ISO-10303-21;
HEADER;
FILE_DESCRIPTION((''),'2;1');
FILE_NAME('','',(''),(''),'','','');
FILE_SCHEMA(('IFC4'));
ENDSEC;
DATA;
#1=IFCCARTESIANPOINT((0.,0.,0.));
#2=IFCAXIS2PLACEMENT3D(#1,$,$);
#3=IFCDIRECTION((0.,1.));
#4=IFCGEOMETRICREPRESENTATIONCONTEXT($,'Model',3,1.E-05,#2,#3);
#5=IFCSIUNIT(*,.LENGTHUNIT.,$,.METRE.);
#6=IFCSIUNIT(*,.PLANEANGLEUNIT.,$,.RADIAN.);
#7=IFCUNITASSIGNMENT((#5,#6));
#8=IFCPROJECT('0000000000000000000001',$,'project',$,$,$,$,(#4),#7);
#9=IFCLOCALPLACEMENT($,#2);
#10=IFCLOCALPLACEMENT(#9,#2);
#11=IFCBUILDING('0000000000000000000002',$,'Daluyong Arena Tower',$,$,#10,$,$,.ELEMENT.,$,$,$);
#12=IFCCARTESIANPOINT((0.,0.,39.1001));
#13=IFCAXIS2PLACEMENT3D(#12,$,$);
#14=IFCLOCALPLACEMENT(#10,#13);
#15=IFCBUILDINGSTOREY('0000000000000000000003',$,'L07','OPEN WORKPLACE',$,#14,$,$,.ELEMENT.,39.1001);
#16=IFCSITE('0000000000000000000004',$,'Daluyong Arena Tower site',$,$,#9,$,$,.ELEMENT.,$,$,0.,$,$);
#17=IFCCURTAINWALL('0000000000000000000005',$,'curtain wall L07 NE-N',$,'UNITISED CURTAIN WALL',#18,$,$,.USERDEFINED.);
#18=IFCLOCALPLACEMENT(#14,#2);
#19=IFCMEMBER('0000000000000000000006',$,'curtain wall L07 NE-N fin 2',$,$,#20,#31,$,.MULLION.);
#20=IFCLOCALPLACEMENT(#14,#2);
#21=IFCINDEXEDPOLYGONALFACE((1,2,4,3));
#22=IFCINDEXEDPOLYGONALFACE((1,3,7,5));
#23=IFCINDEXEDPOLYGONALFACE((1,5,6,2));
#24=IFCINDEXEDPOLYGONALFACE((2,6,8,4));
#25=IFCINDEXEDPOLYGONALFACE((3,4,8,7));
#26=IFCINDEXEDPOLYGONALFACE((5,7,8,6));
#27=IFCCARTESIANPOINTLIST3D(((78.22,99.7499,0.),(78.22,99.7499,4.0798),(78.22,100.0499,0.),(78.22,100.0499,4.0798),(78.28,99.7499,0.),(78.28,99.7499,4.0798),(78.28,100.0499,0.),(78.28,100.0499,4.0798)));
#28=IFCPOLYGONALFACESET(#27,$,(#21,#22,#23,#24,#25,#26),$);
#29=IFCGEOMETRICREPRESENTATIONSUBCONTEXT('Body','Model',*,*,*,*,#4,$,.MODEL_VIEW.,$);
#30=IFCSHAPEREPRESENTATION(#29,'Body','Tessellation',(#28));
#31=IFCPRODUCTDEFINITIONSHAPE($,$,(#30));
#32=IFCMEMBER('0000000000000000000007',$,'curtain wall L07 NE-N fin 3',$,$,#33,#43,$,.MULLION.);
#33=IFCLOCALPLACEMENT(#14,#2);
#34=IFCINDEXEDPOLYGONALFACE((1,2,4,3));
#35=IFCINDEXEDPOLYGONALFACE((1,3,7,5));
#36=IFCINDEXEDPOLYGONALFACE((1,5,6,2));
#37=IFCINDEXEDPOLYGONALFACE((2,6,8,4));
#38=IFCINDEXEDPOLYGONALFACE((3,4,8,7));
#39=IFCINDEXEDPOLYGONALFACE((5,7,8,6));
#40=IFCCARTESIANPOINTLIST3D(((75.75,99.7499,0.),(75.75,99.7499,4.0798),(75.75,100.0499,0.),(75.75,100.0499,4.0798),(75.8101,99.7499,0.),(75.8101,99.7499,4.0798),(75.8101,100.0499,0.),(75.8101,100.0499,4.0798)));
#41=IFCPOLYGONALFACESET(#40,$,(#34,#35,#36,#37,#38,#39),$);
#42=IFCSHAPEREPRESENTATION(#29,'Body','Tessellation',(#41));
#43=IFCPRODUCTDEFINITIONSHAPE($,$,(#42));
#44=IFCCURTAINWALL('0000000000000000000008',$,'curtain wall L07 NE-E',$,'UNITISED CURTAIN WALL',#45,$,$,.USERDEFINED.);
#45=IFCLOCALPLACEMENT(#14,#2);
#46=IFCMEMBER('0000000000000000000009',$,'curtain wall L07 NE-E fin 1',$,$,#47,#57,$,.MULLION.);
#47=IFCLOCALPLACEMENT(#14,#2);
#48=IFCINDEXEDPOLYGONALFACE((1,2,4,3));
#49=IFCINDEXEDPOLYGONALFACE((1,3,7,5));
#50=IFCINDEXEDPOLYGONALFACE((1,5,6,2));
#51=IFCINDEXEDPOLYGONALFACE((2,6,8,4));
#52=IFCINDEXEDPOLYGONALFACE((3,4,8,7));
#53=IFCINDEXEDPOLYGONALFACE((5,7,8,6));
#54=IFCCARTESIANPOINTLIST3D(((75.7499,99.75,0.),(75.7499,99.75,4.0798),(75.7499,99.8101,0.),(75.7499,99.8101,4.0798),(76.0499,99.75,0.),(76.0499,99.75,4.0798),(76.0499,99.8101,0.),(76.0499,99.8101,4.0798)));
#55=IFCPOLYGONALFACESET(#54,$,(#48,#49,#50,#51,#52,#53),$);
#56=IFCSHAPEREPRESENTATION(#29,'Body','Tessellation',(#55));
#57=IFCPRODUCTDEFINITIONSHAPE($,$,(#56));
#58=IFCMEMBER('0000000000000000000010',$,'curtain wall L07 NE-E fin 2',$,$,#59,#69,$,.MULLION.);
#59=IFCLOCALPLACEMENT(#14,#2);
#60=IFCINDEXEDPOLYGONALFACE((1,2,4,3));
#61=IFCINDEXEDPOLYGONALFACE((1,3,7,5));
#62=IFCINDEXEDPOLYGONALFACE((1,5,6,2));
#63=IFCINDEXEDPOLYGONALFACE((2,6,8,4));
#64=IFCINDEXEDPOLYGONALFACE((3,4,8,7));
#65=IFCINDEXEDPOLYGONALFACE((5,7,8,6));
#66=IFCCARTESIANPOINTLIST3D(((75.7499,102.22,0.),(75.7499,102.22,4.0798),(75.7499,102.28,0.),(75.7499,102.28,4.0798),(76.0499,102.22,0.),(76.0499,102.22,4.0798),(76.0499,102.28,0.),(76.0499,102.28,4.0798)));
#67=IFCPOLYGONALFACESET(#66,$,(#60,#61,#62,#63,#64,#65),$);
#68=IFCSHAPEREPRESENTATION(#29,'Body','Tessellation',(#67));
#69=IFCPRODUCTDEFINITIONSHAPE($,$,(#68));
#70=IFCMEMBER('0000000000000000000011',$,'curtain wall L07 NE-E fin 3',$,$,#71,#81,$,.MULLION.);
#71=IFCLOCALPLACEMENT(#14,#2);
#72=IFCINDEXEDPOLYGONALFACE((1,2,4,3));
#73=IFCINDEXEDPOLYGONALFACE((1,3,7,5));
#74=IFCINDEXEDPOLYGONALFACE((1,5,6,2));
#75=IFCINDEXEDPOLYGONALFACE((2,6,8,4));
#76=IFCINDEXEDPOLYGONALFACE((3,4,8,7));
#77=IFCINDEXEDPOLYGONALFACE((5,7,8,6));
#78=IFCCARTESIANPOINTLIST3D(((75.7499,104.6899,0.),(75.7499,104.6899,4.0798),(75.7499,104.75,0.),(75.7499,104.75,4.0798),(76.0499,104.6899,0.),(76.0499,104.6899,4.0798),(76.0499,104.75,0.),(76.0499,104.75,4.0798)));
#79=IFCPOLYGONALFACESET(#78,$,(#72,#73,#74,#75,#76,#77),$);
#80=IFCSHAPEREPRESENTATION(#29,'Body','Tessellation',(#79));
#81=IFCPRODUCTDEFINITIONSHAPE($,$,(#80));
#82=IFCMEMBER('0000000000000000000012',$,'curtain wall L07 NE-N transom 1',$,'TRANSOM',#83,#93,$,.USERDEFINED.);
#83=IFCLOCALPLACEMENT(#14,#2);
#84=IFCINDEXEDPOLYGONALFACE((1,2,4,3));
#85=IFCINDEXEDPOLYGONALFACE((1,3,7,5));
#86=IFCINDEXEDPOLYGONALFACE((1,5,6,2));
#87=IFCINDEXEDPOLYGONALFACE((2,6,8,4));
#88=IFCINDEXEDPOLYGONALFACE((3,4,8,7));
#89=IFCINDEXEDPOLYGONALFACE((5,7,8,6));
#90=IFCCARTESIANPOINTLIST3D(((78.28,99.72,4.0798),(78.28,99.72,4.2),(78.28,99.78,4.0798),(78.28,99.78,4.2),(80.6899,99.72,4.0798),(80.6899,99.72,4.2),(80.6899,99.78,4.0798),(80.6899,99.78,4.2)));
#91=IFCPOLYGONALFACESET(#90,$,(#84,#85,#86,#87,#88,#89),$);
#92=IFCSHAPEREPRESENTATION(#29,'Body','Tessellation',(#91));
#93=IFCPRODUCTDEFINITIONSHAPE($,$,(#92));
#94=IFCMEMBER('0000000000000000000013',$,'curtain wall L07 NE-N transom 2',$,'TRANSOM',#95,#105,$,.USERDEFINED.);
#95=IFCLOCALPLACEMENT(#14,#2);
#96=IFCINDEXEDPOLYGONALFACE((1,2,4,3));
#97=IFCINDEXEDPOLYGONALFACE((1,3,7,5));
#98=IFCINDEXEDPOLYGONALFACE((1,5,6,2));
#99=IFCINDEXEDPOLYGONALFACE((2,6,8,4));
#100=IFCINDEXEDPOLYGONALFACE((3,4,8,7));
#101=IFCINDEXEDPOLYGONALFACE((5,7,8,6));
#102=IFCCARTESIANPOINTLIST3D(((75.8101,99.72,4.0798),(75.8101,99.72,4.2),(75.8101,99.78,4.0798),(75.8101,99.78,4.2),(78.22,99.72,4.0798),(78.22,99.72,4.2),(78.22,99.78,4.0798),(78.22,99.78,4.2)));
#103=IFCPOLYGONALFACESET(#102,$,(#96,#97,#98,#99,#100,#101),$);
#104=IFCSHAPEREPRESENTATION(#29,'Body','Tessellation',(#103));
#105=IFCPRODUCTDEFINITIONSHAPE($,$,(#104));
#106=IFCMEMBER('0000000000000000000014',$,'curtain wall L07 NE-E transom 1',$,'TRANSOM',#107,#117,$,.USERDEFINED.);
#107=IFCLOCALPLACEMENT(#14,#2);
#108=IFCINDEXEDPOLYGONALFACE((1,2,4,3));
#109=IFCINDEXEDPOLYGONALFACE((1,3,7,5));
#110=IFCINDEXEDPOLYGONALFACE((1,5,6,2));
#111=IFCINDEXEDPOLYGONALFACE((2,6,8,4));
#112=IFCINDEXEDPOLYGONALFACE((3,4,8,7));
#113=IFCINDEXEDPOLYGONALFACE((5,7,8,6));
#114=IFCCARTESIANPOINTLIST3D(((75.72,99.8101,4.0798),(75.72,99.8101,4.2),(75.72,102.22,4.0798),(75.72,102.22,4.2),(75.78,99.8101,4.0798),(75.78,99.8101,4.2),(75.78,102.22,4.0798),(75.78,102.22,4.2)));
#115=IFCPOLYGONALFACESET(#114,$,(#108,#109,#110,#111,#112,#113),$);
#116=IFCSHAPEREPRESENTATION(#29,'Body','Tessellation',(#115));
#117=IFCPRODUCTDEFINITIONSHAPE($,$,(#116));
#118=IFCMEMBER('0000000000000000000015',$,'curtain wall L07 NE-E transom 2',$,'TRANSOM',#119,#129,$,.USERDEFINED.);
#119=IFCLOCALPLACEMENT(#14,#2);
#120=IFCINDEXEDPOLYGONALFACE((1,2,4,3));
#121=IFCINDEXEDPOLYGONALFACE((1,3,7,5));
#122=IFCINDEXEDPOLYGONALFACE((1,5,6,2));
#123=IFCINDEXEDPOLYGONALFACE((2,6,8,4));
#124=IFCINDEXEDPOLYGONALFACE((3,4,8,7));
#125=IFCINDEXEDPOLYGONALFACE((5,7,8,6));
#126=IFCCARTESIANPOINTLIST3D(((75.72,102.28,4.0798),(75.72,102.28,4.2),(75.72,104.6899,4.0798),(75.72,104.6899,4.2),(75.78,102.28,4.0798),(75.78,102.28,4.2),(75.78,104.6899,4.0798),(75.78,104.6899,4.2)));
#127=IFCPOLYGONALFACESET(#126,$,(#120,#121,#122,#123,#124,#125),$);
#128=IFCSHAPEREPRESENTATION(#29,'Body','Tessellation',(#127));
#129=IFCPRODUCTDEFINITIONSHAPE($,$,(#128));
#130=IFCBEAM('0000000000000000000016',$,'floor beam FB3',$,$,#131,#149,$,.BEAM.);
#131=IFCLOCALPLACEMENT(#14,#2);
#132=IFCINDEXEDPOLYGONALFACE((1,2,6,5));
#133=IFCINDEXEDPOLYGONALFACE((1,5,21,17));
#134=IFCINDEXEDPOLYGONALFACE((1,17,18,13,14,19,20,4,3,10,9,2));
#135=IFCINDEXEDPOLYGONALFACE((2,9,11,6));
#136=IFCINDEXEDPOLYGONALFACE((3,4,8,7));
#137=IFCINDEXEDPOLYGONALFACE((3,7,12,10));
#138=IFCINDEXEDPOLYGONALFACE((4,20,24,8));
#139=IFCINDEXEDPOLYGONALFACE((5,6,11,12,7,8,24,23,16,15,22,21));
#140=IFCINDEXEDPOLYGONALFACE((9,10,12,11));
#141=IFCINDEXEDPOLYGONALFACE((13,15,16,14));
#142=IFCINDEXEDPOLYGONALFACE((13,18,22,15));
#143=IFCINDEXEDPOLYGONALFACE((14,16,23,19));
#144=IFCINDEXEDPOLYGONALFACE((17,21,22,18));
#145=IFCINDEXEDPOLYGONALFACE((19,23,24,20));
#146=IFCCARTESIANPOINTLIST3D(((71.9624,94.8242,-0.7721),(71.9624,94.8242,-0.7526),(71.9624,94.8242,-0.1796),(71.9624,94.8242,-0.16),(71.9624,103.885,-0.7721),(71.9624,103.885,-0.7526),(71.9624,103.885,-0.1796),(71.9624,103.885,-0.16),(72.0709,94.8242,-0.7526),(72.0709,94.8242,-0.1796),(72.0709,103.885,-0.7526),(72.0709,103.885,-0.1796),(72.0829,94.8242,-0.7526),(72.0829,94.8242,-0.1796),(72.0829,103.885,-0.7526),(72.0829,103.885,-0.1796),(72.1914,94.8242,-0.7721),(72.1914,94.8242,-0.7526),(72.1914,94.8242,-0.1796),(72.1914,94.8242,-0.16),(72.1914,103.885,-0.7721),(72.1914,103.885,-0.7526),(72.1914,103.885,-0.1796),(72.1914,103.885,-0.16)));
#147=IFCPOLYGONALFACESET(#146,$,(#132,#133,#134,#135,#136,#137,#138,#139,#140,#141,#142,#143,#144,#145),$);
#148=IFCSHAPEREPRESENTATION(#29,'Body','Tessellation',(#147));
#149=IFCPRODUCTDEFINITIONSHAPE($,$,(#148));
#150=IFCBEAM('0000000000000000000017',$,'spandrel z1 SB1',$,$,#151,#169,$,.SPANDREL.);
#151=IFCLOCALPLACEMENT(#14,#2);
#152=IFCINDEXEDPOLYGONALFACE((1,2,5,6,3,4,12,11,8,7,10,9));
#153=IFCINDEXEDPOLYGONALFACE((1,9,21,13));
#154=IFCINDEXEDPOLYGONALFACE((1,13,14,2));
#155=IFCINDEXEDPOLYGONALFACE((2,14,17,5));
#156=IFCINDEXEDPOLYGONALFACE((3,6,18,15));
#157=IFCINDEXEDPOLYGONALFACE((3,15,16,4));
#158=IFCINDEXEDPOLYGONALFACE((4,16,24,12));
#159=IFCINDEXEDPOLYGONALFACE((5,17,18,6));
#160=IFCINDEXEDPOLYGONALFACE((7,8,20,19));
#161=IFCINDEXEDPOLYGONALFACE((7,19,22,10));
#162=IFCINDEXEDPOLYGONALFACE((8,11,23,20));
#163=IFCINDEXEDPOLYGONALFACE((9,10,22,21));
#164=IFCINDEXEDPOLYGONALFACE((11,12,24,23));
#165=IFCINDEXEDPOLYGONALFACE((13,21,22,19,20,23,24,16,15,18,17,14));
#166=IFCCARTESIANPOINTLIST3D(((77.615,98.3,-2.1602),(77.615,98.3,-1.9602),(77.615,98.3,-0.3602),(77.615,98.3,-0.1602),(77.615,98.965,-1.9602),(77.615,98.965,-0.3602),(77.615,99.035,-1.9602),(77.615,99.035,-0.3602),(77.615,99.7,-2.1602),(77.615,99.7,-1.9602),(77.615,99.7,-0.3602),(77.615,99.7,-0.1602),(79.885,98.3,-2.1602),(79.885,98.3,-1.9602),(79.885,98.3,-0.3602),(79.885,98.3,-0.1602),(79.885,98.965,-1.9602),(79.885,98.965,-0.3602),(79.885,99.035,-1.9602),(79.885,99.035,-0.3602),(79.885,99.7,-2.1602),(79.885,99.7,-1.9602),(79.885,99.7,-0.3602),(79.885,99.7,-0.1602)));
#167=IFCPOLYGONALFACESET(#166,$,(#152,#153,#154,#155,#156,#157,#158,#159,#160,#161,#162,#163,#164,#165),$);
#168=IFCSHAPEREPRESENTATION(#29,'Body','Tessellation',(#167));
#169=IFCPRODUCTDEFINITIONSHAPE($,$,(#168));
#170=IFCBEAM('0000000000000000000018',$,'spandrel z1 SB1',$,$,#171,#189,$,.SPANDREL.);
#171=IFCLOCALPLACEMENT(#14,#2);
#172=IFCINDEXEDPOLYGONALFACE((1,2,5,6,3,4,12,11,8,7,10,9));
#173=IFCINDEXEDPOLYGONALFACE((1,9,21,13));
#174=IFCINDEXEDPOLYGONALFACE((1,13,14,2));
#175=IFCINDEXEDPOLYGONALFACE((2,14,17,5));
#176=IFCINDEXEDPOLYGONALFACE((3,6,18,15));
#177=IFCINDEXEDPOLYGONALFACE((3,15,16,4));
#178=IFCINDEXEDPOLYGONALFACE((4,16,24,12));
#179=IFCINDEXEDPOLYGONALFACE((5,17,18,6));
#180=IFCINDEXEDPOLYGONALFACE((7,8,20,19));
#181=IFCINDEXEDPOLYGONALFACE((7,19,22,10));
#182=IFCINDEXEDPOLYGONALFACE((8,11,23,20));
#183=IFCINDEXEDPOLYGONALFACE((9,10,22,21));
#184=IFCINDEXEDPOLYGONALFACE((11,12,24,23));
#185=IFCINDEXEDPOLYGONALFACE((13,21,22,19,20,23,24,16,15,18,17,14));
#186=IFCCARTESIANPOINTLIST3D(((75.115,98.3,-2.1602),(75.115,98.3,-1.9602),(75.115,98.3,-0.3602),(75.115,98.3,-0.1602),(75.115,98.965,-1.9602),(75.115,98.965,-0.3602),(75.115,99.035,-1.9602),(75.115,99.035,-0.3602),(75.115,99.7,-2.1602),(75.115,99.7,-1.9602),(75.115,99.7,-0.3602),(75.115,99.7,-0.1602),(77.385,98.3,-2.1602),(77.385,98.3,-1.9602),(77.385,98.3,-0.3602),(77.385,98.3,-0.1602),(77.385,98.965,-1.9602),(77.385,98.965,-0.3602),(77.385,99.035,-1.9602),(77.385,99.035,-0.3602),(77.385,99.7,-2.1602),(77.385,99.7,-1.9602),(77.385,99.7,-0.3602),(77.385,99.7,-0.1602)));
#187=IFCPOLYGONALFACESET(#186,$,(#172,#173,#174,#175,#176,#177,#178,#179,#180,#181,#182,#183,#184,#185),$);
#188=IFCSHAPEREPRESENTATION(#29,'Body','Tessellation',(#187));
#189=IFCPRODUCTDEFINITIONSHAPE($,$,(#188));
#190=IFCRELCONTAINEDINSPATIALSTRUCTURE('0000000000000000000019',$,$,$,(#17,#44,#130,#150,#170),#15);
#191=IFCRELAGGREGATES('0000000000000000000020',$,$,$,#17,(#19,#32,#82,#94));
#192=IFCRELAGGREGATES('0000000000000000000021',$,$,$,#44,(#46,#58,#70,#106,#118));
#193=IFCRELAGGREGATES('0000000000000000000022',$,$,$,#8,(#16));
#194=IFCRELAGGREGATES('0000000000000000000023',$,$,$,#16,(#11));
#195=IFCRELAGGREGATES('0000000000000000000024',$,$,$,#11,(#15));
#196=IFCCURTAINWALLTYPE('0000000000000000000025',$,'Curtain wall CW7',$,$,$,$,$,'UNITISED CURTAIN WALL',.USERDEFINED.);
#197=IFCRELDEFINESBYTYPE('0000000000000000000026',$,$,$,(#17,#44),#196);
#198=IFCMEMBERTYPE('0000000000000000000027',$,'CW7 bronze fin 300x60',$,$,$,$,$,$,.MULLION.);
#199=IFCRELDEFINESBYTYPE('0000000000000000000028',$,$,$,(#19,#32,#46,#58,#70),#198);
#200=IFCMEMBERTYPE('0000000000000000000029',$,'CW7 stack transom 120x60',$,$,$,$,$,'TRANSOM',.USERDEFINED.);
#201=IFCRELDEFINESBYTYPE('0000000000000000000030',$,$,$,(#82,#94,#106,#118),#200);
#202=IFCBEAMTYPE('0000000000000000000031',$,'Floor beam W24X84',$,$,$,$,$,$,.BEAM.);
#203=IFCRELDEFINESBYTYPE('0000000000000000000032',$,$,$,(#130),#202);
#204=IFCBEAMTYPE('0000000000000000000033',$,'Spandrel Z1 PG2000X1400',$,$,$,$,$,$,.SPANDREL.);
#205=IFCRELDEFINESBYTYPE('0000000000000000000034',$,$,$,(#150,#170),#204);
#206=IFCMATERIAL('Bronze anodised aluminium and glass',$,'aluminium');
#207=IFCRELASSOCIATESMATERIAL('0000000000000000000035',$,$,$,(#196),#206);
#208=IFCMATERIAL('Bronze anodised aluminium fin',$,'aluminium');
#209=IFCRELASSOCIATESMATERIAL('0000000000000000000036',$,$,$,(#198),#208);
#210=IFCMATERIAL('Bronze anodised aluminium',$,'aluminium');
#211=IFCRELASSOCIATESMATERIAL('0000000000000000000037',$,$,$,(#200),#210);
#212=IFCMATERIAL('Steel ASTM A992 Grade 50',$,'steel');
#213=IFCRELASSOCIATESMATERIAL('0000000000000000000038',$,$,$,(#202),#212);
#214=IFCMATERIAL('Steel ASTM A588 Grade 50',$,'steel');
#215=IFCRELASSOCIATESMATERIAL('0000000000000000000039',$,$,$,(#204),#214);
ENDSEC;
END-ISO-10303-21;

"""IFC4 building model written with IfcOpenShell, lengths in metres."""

from ifc_helpers import new_model, si_unit, direction, frame, origin, origin_2d, place, context, subcontext, project, spatial, rectangle, i_section, extrude, material, material_profile, profile_set, type_object, element, aggregate, save


model = new_model("IFC4")

# Units and contexts
model_context = context("Model", 3, precision=1e-05, world=origin(), true_north=direction((0.0, 1.0)))
body_context = subcontext(model_context, "Body", "Model", "MODEL_VIEW")
ifc_project = project(units=[si_unit("LENGTHUNIT", "METRE"), si_unit("PLANEANGLEUNIT", "RADIAN")], contexts=[model_context])

# Site, building, storey
site_placement = place(None, origin())
site = spatial("IfcSite", under=ifc_project, at=site_placement, Name="Daluyong Arena Tower site", CompositionType="ELEMENT", RefElevation=0.0)
building_placement = place(site_placement, origin())
building = spatial("IfcBuilding", under=site, at=building_placement, Name="Daluyong Arena Tower", CompositionType="ELEMENT")
storey_placement = place(building_placement, frame((0.0, 0.0, 39.1001)))
storey = spatial("IfcBuildingStorey", under=building, at=storey_placement, Name="L07", Description="OPEN WORKPLACE", CompositionType="ELEMENT", Elevation=39.1001)

# Curtain walls, members
ifc_material_1 = material(Name="Bronze anodised aluminium and glass", Category="aluminium")
curtain_wall_type_1 = type_object("IfcCurtainWallType", Name="Curtain wall CW7", ElementType="UNITISED CURTAIN WALL", PredefinedType="USERDEFINED", material=ifc_material_1)
curtain_wall_1_placement = place(storey_placement, origin())
curtain_wall_1 = element("IfcCurtainWall", 1, at=curtain_wall_1_placement, inside=storey, type_object=curtain_wall_type_1, Name="curtain wall L07 NE-N", ObjectType="UNITISED CURTAIN WALL", PredefinedType="USERDEFINED")
ifc_material_2 = material(Name="Bronze anodised aluminium fin", Category="aluminium")
ifc_material_profile_1 = material_profile(ifc_material_2, rectangle(XDim=0.3, YDim=0.0601, at=origin_2d()))
ifc_profile_set_1 = profile_set([ifc_material_profile_1], Name="Bronze anodised aluminium fin")
member_type_1 = type_object("IfcMemberType", Name="CW7 bronze fin 300x60", PredefinedType="MULLION", material=ifc_profile_set_1)
member_1_placement = place(storey_placement, frame((78.25, 99.8999, 0.0), z_axis=(0.0, 0.0, 1.0), x_axis=(0.0, -1.0, 0.0)))
member_1 = element("IfcMember", 2, at=member_1_placement, type_object=member_type_1, Name="curtain wall L07 NE-N fin 2", PredefinedType="MULLION", context=body_context, shape_type="SweptSolid", body=[
    extrude(rectangle(XDim=0.3, YDim=0.0601, at=origin_2d()), origin(), (0.0, 0.0, 1.0), 4.0798),
])
member_2_placement = place(storey_placement, frame((75.78, 99.8999, 0.0), z_axis=(0.0, 0.0, 1.0), x_axis=(0.0, -1.0, 0.0)))
member_2 = element("IfcMember", 3, at=member_2_placement, type_object=member_type_1, Name="curtain wall L07 NE-N fin 3", PredefinedType="MULLION", context=body_context, shape_type="SweptSolid", body=[
    extrude(rectangle(XDim=0.3, YDim=0.0601, at=origin_2d()), origin(), (0.0, 0.0, 1.0), 4.0798),
])
curtain_wall_2_placement = place(storey_placement, origin())
curtain_wall_2 = element("IfcCurtainWall", 4, at=curtain_wall_2_placement, inside=storey, type_object=curtain_wall_type_1, Name="curtain wall L07 NE-E", ObjectType="UNITISED CURTAIN WALL", PredefinedType="USERDEFINED")
member_3_placement = place(storey_placement, frame((75.8999, 99.78, 0.0), z_axis=(0.0, 0.0, 1.0), x_axis=(-1.0, 0.0, 0.0)))
member_3 = element("IfcMember", 5, at=member_3_placement, type_object=member_type_1, Name="curtain wall L07 NE-E fin 1", PredefinedType="MULLION", context=body_context, shape_type="SweptSolid", body=[
    extrude(rectangle(XDim=0.3, YDim=0.0601, at=origin_2d()), origin(), (0.0, 0.0, 1.0), 4.0798),
])
member_4_placement = place(storey_placement, frame((75.8999, 102.25, 0.0), z_axis=(0.0, 0.0, 1.0), x_axis=(-1.0, 0.0, 0.0)))
member_4 = element("IfcMember", 6, at=member_4_placement, type_object=member_type_1, Name="curtain wall L07 NE-E fin 2", PredefinedType="MULLION", context=body_context, shape_type="SweptSolid", body=[
    extrude(rectangle(XDim=0.3, YDim=0.0601, at=origin_2d()), origin(), (0.0, 0.0, 1.0), 4.0798),
])
member_5_placement = place(storey_placement, frame((75.8999, 104.72, 0.0), z_axis=(0.0, 0.0, 1.0), x_axis=(-1.0, 0.0, 0.0)))
member_5 = element("IfcMember", 7, at=member_5_placement, type_object=member_type_1, Name="curtain wall L07 NE-E fin 3", PredefinedType="MULLION", context=body_context, shape_type="SweptSolid", body=[
    extrude(rectangle(XDim=0.3, YDim=0.0601, at=origin_2d()), origin(), (0.0, 0.0, 1.0), 4.0798),
])

# Members
ifc_material_3 = material(Name="Bronze anodised aluminium", Category="aluminium")
ifc_material_profile_2 = material_profile(ifc_material_3, rectangle(XDim=0.0601, YDim=0.1201, at=origin_2d()))
ifc_profile_set_2 = profile_set([ifc_material_profile_2], Name="Bronze anodised aluminium")
member_type_2 = type_object("IfcMemberType", Name="CW7 stack transom 120x60", ElementType="TRANSOM", PredefinedType="USERDEFINED", material=ifc_profile_set_2)
member_6_placement = place(storey_placement, frame((80.6899, 99.75, 4.1399), z_axis=(-1.0, 0.0, 0.0), x_axis=(0.0, -1.0, 0.0)))
member_6 = element("IfcMember", 8, at=member_6_placement, type_object=member_type_2, Name="curtain wall L07 NE-N transom 1", ObjectType="TRANSOM", PredefinedType="USERDEFINED", context=body_context, shape_type="SweptSolid", body=[
    extrude(rectangle(XDim=0.0601, YDim=0.1201, at=origin_2d()), origin(), (0.0, 0.0, 1.0), 2.4099),
])
member_7_placement = place(storey_placement, frame((78.22, 99.75, 4.1399), z_axis=(-1.0, 0.0, 0.0), x_axis=(0.0, -1.0, 0.0)))
member_7 = element("IfcMember", 9, at=member_7_placement, type_object=member_type_2, Name="curtain wall L07 NE-N transom 2", ObjectType="TRANSOM", PredefinedType="USERDEFINED", context=body_context, shape_type="SweptSolid", body=[
    extrude(rectangle(XDim=0.0601, YDim=0.1201, at=origin_2d()), origin(), (0.0, 0.0, 1.0), 2.4099),
])
member_8_placement = place(storey_placement, frame((75.75, 99.8101, 4.1399), z_axis=(0.0, 1.0, 0.0), x_axis=(-1.0, 0.0, 0.0)))
member_8 = element("IfcMember", 10, at=member_8_placement, type_object=member_type_2, Name="curtain wall L07 NE-E transom 1", ObjectType="TRANSOM", PredefinedType="USERDEFINED", context=body_context, shape_type="SweptSolid", body=[
    extrude(rectangle(XDim=0.0601, YDim=0.1201, at=origin_2d()), origin(), (0.0, 0.0, 1.0), 2.4099),
])
member_9_placement = place(storey_placement, frame((75.75, 102.28, 4.1399), z_axis=(0.0, 1.0, 0.0), x_axis=(-1.0, 0.0, 0.0)))
member_9 = element("IfcMember", 11, at=member_9_placement, type_object=member_type_2, Name="curtain wall L07 NE-E transom 2", ObjectType="TRANSOM", PredefinedType="USERDEFINED", context=body_context, shape_type="SweptSolid", body=[
    extrude(rectangle(XDim=0.0601, YDim=0.1201, at=origin_2d()), origin(), (0.0, 0.0, 1.0), 2.4099),
])

# Beams
ifc_material_4 = material(Name="Steel ASTM A992 Grade 50", Category="steel")
ifc_material_profile_3 = material_profile(ifc_material_4, i_section(OverallWidth=0.229, OverallDepth=0.6121, WebThickness=0.012, FlangeThickness=0.0195, at=origin_2d()))
ifc_profile_set_3 = profile_set([ifc_material_profile_3], Name="Steel ASTM A992 Grade 50")
beam_type_1 = type_object("IfcBeamType", Name="Floor beam W24X84", PredefinedType="BEAM", material=ifc_profile_set_3)
beam_placement = place(storey_placement, frame((72.0769, 103.885, -0.4661), z_axis=(0.0, -1.0, 0.0), x_axis=(1.0, 0.0, 0.0)))
element("IfcBeam", 12, at=beam_placement, inside=storey, type_object=beam_type_1, Name="floor beam FB3", PredefinedType="BEAM", context=body_context, shape_type="SweptSolid", body=[
    extrude(i_section(OverallWidth=0.229, OverallDepth=0.6121, WebThickness=0.012, FlangeThickness=0.0195, at=origin_2d()), origin(), (0.0, 0.0, 1.0), 9.0608),
])
ifc_material_5 = material(Name="Steel ASTM A588 Grade 50", Category="steel")
ifc_material_profile_4 = material_profile(ifc_material_5, i_section(OverallWidth=1.3999, OverallDepth=2.0, WebThickness=0.07, FlangeThickness=0.2, at=origin_2d()))
ifc_profile_set_4 = profile_set([ifc_material_profile_4], Name="Steel ASTM A588 Grade 50")
beam_type_2 = type_object("IfcBeamType", Name="Spandrel Z1 PG2000X1400", PredefinedType="SPANDREL", material=ifc_profile_set_4)
for number, where, z_axis, x_axis, name in (
    (13, (79.885, 99.0, -1.1602), (-1.0, 0.0, 0.0), (0.0, -1.0, 0.0), "spandrel z1 SB1"),
    (14, (77.385, 99.0, -1.1602), (-1.0, 0.0, 0.0), (0.0, -1.0, 0.0), "spandrel z1 SB1"),
):
    element("IfcBeam", number, at=place(storey_placement, frame(where, z_axis=z_axis, x_axis=x_axis)), inside=storey, type_object=beam_type_2, Name=name, PredefinedType="SPANDREL", context=body_context, shape_type="SweptSolid", body=[
        extrude(i_section(OverallWidth=1.3999, OverallDepth=2.0, WebThickness=0.07, FlangeThickness=0.2, at=origin_2d()), origin(), (0.0, 0.0, 1.0), 2.27),
    ])

aggregate(curtain_wall_1, [member_1, member_2, member_6, member_7])
aggregate(curtain_wall_2, [member_3, member_4, member_5, member_8, member_9])

save(model, "model.ifc")
